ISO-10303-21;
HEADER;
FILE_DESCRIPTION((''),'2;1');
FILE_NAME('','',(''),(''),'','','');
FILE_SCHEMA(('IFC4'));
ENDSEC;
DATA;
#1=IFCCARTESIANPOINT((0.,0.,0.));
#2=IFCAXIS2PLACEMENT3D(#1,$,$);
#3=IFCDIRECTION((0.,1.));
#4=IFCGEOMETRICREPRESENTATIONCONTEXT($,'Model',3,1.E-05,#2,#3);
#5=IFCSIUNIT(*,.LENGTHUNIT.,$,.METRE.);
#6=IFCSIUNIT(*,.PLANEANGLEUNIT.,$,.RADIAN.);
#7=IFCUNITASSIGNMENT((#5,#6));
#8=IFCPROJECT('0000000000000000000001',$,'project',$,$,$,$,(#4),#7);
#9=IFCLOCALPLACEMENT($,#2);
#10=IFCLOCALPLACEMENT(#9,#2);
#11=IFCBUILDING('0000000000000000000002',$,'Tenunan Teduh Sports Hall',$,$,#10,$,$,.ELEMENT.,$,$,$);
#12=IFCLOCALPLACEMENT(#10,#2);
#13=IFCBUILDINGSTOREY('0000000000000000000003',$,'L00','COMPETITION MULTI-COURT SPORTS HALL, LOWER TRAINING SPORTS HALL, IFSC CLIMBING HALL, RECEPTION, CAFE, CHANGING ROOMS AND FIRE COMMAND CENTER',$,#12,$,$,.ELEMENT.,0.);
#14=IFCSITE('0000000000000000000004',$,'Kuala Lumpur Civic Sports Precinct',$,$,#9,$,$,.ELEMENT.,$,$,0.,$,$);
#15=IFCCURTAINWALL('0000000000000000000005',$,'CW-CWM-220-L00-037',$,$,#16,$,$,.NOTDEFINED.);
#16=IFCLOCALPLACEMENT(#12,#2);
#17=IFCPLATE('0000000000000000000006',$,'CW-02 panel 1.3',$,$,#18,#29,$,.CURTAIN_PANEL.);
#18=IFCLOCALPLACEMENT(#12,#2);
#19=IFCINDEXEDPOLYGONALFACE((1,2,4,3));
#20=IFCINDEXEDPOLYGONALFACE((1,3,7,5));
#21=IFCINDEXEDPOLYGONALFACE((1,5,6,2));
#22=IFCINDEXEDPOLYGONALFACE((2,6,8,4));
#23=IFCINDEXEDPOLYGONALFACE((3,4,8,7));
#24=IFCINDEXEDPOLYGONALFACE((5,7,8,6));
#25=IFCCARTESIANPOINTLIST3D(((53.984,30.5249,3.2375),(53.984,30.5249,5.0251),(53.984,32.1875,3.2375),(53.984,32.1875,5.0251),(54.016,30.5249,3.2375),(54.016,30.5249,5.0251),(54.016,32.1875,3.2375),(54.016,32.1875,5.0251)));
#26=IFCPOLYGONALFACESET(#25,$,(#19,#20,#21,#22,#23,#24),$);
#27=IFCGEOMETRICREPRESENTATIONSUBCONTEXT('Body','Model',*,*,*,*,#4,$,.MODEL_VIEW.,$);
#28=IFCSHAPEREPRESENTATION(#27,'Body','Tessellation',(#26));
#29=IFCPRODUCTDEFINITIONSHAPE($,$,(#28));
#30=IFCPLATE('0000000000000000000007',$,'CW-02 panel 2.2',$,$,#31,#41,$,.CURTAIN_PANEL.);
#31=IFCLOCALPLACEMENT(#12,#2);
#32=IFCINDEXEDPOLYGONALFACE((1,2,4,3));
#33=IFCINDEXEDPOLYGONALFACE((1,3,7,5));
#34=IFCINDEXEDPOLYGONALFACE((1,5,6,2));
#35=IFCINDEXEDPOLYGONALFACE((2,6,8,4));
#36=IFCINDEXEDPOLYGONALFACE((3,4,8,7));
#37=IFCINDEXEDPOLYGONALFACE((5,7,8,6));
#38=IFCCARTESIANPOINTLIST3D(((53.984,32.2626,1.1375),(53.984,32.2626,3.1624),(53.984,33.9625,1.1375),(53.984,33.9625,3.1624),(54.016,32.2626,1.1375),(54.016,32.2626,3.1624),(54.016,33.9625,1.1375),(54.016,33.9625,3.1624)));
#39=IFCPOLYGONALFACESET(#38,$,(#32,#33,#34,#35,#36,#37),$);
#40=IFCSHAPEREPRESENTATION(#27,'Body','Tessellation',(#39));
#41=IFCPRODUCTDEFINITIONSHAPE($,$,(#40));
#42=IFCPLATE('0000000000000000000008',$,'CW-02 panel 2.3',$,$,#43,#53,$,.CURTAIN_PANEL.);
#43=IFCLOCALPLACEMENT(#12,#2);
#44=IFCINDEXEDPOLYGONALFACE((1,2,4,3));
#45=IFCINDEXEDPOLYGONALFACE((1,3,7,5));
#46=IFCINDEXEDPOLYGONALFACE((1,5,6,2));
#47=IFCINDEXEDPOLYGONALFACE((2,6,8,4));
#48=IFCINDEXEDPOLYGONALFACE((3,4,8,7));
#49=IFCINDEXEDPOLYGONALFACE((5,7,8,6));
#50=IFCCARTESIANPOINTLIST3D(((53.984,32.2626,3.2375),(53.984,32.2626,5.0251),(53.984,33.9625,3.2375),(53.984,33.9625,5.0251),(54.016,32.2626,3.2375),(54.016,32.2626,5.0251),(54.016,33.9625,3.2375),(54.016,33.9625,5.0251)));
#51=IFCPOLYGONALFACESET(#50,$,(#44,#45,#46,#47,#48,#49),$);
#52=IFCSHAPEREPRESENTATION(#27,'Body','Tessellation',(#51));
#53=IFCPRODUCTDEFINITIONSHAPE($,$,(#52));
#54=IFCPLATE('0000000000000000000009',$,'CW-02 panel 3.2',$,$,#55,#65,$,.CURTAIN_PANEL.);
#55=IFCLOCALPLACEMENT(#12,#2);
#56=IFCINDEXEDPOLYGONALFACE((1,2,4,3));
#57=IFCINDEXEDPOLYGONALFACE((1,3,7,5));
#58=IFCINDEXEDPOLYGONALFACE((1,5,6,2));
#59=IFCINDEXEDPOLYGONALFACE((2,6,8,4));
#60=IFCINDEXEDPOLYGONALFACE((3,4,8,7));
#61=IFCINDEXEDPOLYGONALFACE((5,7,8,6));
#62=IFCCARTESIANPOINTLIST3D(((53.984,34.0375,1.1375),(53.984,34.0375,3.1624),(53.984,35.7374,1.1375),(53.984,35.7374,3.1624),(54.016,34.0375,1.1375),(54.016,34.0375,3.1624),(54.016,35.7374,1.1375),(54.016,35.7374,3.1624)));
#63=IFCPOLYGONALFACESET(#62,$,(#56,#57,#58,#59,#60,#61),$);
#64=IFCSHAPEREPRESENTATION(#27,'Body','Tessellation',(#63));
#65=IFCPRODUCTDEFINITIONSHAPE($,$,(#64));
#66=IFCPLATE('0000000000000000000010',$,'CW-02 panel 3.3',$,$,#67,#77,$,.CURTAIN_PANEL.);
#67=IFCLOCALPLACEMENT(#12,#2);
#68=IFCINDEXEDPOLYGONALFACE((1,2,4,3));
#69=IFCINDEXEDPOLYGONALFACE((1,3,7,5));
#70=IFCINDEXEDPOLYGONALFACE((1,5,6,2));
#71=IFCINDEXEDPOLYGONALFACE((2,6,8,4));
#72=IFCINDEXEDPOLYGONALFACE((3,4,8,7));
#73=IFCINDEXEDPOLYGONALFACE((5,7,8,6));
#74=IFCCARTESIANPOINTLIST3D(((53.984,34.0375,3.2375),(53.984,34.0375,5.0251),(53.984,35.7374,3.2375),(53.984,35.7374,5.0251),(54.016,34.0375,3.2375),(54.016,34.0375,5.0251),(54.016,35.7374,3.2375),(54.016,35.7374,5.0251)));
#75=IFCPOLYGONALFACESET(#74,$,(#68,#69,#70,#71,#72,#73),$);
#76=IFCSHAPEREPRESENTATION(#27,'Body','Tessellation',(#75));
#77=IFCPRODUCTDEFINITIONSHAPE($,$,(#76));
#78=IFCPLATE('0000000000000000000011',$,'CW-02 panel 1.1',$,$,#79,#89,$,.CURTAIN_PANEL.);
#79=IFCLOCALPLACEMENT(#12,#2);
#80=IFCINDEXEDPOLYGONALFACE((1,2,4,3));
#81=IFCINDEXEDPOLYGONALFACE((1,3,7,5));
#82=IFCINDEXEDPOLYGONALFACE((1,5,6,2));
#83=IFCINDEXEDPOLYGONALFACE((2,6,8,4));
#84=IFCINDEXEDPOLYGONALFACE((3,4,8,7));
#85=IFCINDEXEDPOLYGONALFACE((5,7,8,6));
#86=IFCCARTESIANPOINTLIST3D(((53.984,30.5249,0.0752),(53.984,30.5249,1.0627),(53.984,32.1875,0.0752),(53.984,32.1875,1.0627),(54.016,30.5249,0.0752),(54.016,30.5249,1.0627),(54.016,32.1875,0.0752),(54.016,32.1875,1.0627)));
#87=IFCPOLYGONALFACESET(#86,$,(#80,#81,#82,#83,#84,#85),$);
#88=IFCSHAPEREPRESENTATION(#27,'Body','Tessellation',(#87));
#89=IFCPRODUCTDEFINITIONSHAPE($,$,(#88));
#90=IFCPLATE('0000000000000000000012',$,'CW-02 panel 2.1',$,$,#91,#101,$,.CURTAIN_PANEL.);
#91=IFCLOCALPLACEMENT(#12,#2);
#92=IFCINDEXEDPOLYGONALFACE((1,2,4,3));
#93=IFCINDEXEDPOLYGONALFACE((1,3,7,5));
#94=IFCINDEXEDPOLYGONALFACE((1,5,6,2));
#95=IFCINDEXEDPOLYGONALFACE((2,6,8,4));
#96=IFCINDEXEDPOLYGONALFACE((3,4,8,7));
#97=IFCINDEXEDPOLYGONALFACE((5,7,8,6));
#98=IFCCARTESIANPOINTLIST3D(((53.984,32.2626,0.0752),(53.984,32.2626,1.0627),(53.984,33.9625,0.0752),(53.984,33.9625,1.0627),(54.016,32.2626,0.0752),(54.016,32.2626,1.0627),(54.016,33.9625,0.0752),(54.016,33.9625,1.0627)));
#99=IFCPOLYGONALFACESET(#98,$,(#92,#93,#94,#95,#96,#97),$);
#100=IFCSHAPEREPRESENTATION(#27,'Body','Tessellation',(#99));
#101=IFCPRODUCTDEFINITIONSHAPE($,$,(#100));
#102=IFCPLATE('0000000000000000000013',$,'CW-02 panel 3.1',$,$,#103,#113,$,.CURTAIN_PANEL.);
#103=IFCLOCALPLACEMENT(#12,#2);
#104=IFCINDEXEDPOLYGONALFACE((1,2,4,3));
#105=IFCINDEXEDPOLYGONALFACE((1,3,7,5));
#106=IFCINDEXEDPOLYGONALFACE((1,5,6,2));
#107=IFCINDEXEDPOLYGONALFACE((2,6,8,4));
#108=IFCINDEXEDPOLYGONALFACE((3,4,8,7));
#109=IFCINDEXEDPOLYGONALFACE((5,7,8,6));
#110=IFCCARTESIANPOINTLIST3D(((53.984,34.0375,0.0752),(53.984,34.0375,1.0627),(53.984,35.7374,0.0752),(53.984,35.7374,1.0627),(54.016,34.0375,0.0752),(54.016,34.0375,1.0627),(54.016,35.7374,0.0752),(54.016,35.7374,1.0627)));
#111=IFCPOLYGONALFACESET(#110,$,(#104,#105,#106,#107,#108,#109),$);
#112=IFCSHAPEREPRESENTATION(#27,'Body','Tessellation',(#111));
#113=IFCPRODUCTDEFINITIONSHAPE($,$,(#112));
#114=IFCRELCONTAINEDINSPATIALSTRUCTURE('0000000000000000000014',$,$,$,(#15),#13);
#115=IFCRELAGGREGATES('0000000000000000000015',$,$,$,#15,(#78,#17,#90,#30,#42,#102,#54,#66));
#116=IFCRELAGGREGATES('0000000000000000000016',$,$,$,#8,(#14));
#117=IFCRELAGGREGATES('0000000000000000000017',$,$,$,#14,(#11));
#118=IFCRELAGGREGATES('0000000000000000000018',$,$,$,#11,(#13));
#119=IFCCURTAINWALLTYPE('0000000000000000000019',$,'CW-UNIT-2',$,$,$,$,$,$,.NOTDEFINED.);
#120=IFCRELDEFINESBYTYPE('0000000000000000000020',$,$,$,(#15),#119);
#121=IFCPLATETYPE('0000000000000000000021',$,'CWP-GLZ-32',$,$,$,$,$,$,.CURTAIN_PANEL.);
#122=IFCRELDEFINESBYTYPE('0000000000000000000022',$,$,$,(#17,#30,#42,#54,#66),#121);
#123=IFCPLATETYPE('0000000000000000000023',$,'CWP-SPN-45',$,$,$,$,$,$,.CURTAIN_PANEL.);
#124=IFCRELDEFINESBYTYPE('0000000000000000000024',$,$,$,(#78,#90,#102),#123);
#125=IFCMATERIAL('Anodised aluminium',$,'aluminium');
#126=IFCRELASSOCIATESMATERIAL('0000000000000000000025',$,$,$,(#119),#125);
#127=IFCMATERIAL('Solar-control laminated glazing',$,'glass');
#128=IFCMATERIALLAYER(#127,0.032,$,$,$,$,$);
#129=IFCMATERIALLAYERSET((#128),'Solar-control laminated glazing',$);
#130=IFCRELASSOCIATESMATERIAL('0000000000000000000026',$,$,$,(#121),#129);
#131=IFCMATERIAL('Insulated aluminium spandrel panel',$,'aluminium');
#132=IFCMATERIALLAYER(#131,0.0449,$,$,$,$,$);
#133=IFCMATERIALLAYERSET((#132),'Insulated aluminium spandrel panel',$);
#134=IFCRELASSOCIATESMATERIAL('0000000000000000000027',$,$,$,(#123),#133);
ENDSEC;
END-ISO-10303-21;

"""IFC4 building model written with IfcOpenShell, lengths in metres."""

from ifc_helpers import new_model, si_unit, direction, frame, origin, origin_2d, place, context, subcontext, project, spatial, rectangle, extrude, material, layer, layer_set, type_object, element, aggregate, save


model = new_model("IFC4")

# Units and contexts
model_context = context("Model", 3, precision=1e-05, world=origin(), true_north=direction((0.0, 1.0)))
body_context = subcontext(model_context, "Body", "Model", "MODEL_VIEW")
ifc_project = project(units=[si_unit("LENGTHUNIT", "METRE"), si_unit("PLANEANGLEUNIT", "RADIAN")], contexts=[model_context])

# Site, building, storey
site_placement = place(None, origin())
site = spatial("IfcSite", under=ifc_project, at=site_placement, Name="Kuala Lumpur Civic Sports Precinct", CompositionType="ELEMENT", RefElevation=0.0)
building_placement = place(site_placement, origin())
building = spatial("IfcBuilding", under=site, at=building_placement, Name="Tenunan Teduh Sports Hall", CompositionType="ELEMENT")
storey_placement = place(building_placement, origin())
storey = spatial("IfcBuildingStorey", under=building, at=storey_placement, Name="L00", Description="COMPETITION MULTI-COURT SPORTS HALL, LOWER TRAINING SPORTS HALL, IFSC CLIMBING HALL, RECEPTION, CAFE, CHANGING ROOMS AND FIRE COMMAND CENTER", CompositionType="ELEMENT", Elevation=0.0)

# Curtain wall, plates
ifc_material_1 = material(Name="Anodised aluminium", Category="aluminium")
curtain_wall_type = type_object("IfcCurtainWallType", Name="CW-UNIT-2", PredefinedType="NOTDEFINED", material=ifc_material_1)
curtain_wall_placement = place(storey_placement, origin())
curtain_wall = element("IfcCurtainWall", 1, at=curtain_wall_placement, inside=storey, type_object=curtain_wall_type, Name="CW-CWM-220-L00-037", PredefinedType="NOTDEFINED")
ifc_material_2 = material(Name="Solar-control laminated glazing", Category="glass")
ifc_layer_1 = layer(ifc_material_2, 0.032)
ifc_layer_set_1 = layer_set([ifc_layer_1], Name="Solar-control laminated glazing")
plate_type_1 = type_object("IfcPlateType", Name="CWP-GLZ-32", PredefinedType="CURTAIN_PANEL", material=ifc_layer_set_1)
plate_1_placement = place(storey_placement, frame((54.0, 31.3562, 3.2375), z_axis=(0.0, 0.0, 1.0), x_axis=(0.0, 1.0, 0.0)))
plate_1 = element("IfcPlate", 2, at=plate_1_placement, type_object=plate_type_1, Name="CW-02 panel 1.3", PredefinedType="CURTAIN_PANEL", context=body_context, shape_type="SweptSolid", body=[
    extrude(rectangle(XDim=1.6626, YDim=0.032, at=origin_2d()), origin(), (0.0, 0.0, 1.0), 1.7876),
])
plate_2_placement = place(storey_placement, frame((54.0, 33.1125, 1.1375), z_axis=(0.0, 0.0, 1.0), x_axis=(0.0, 1.0, 0.0)))
plate_2 = element("IfcPlate", 3, at=plate_2_placement, type_object=plate_type_1, Name="CW-02 panel 2.2", PredefinedType="CURTAIN_PANEL", context=body_context, shape_type="SweptSolid", body=[
    extrude(rectangle(XDim=1.7, YDim=0.032, at=origin_2d()), origin(), (0.0, 0.0, 1.0), 2.0249),
])
plate_3_placement = place(storey_placement, frame((54.0, 33.1125, 3.2375), z_axis=(0.0, 0.0, 1.0), x_axis=(0.0, 1.0, 0.0)))
plate_3 = element("IfcPlate", 4, at=plate_3_placement, type_object=plate_type_1, Name="CW-02 panel 2.3", PredefinedType="CURTAIN_PANEL", context=body_context, shape_type="SweptSolid", body=[
    extrude(rectangle(XDim=1.7, YDim=0.032, at=origin_2d()), origin(), (0.0, 0.0, 1.0), 1.7876),
])
plate_4_placement = place(storey_placement, frame((54.0, 34.8875, 1.1375), z_axis=(0.0, 0.0, 1.0), x_axis=(0.0, 1.0, 0.0)))
plate_4 = element("IfcPlate", 5, at=plate_4_placement, type_object=plate_type_1, Name="CW-02 panel 3.2", PredefinedType="CURTAIN_PANEL", context=body_context, shape_type="SweptSolid", body=[
    extrude(rectangle(XDim=1.7, YDim=0.032, at=origin_2d()), origin(), (0.0, 0.0, 1.0), 2.0249),
])
plate_5_placement = place(storey_placement, frame((54.0, 34.8875, 3.2375), z_axis=(0.0, 0.0, 1.0), x_axis=(0.0, 1.0, 0.0)))
plate_5 = element("IfcPlate", 6, at=plate_5_placement, type_object=plate_type_1, Name="CW-02 panel 3.3", PredefinedType="CURTAIN_PANEL", context=body_context, shape_type="SweptSolid", body=[
    extrude(rectangle(XDim=1.7, YDim=0.032, at=origin_2d()), origin(), (0.0, 0.0, 1.0), 1.7876),
])
ifc_material_3 = material(Name="Insulated aluminium spandrel panel", Category="aluminium")
ifc_layer_2 = layer(ifc_material_3, 0.0449)
ifc_layer_set_2 = layer_set([ifc_layer_2], Name="Insulated aluminium spandrel panel")
plate_type_2 = type_object("IfcPlateType", Name="CWP-SPN-45", PredefinedType="CURTAIN_PANEL", material=ifc_layer_set_2)
plate_6_placement = place(storey_placement, frame((54.0, 31.3562, 0.0752), z_axis=(0.0, 0.0, 1.0), x_axis=(0.0, 1.0, 0.0)))
plate_6 = element("IfcPlate", 7, at=plate_6_placement, type_object=plate_type_2, Name="CW-02 panel 1.1", PredefinedType="CURTAIN_PANEL", context=body_context, shape_type="SweptSolid", body=[
    extrude(rectangle(XDim=1.6626, YDim=0.032, at=origin_2d()), origin(), (0.0, 0.0, 1.0), 0.9875),
])
plate_7_placement = place(storey_placement, frame((54.0, 33.1125, 0.0752), z_axis=(0.0, 0.0, 1.0), x_axis=(0.0, 1.0, 0.0)))
plate_7 = element("IfcPlate", 8, at=plate_7_placement, type_object=plate_type_2, Name="CW-02 panel 2.1", PredefinedType="CURTAIN_PANEL", context=body_context, shape_type="SweptSolid", body=[
    extrude(rectangle(XDim=1.7, YDim=0.032, at=origin_2d()), origin(), (0.0, 0.0, 1.0), 0.9875),
])
plate_8_placement = place(storey_placement, frame((54.0, 34.8875, 0.0752), z_axis=(0.0, 0.0, 1.0), x_axis=(0.0, 1.0, 0.0)))
plate_8 = element("IfcPlate", 9, at=plate_8_placement, type_object=plate_type_2, Name="CW-02 panel 3.1", PredefinedType="CURTAIN_PANEL", context=body_context, shape_type="SweptSolid", body=[
    extrude(rectangle(XDim=1.7, YDim=0.032, at=origin_2d()), origin(), (0.0, 0.0, 1.0), 0.9875),
])
aggregate(curtain_wall, [plate_6, plate_1, plate_7, plate_2, plate_3, plate_8, plate_4, plate_5])

save(model, "model.ifc")
